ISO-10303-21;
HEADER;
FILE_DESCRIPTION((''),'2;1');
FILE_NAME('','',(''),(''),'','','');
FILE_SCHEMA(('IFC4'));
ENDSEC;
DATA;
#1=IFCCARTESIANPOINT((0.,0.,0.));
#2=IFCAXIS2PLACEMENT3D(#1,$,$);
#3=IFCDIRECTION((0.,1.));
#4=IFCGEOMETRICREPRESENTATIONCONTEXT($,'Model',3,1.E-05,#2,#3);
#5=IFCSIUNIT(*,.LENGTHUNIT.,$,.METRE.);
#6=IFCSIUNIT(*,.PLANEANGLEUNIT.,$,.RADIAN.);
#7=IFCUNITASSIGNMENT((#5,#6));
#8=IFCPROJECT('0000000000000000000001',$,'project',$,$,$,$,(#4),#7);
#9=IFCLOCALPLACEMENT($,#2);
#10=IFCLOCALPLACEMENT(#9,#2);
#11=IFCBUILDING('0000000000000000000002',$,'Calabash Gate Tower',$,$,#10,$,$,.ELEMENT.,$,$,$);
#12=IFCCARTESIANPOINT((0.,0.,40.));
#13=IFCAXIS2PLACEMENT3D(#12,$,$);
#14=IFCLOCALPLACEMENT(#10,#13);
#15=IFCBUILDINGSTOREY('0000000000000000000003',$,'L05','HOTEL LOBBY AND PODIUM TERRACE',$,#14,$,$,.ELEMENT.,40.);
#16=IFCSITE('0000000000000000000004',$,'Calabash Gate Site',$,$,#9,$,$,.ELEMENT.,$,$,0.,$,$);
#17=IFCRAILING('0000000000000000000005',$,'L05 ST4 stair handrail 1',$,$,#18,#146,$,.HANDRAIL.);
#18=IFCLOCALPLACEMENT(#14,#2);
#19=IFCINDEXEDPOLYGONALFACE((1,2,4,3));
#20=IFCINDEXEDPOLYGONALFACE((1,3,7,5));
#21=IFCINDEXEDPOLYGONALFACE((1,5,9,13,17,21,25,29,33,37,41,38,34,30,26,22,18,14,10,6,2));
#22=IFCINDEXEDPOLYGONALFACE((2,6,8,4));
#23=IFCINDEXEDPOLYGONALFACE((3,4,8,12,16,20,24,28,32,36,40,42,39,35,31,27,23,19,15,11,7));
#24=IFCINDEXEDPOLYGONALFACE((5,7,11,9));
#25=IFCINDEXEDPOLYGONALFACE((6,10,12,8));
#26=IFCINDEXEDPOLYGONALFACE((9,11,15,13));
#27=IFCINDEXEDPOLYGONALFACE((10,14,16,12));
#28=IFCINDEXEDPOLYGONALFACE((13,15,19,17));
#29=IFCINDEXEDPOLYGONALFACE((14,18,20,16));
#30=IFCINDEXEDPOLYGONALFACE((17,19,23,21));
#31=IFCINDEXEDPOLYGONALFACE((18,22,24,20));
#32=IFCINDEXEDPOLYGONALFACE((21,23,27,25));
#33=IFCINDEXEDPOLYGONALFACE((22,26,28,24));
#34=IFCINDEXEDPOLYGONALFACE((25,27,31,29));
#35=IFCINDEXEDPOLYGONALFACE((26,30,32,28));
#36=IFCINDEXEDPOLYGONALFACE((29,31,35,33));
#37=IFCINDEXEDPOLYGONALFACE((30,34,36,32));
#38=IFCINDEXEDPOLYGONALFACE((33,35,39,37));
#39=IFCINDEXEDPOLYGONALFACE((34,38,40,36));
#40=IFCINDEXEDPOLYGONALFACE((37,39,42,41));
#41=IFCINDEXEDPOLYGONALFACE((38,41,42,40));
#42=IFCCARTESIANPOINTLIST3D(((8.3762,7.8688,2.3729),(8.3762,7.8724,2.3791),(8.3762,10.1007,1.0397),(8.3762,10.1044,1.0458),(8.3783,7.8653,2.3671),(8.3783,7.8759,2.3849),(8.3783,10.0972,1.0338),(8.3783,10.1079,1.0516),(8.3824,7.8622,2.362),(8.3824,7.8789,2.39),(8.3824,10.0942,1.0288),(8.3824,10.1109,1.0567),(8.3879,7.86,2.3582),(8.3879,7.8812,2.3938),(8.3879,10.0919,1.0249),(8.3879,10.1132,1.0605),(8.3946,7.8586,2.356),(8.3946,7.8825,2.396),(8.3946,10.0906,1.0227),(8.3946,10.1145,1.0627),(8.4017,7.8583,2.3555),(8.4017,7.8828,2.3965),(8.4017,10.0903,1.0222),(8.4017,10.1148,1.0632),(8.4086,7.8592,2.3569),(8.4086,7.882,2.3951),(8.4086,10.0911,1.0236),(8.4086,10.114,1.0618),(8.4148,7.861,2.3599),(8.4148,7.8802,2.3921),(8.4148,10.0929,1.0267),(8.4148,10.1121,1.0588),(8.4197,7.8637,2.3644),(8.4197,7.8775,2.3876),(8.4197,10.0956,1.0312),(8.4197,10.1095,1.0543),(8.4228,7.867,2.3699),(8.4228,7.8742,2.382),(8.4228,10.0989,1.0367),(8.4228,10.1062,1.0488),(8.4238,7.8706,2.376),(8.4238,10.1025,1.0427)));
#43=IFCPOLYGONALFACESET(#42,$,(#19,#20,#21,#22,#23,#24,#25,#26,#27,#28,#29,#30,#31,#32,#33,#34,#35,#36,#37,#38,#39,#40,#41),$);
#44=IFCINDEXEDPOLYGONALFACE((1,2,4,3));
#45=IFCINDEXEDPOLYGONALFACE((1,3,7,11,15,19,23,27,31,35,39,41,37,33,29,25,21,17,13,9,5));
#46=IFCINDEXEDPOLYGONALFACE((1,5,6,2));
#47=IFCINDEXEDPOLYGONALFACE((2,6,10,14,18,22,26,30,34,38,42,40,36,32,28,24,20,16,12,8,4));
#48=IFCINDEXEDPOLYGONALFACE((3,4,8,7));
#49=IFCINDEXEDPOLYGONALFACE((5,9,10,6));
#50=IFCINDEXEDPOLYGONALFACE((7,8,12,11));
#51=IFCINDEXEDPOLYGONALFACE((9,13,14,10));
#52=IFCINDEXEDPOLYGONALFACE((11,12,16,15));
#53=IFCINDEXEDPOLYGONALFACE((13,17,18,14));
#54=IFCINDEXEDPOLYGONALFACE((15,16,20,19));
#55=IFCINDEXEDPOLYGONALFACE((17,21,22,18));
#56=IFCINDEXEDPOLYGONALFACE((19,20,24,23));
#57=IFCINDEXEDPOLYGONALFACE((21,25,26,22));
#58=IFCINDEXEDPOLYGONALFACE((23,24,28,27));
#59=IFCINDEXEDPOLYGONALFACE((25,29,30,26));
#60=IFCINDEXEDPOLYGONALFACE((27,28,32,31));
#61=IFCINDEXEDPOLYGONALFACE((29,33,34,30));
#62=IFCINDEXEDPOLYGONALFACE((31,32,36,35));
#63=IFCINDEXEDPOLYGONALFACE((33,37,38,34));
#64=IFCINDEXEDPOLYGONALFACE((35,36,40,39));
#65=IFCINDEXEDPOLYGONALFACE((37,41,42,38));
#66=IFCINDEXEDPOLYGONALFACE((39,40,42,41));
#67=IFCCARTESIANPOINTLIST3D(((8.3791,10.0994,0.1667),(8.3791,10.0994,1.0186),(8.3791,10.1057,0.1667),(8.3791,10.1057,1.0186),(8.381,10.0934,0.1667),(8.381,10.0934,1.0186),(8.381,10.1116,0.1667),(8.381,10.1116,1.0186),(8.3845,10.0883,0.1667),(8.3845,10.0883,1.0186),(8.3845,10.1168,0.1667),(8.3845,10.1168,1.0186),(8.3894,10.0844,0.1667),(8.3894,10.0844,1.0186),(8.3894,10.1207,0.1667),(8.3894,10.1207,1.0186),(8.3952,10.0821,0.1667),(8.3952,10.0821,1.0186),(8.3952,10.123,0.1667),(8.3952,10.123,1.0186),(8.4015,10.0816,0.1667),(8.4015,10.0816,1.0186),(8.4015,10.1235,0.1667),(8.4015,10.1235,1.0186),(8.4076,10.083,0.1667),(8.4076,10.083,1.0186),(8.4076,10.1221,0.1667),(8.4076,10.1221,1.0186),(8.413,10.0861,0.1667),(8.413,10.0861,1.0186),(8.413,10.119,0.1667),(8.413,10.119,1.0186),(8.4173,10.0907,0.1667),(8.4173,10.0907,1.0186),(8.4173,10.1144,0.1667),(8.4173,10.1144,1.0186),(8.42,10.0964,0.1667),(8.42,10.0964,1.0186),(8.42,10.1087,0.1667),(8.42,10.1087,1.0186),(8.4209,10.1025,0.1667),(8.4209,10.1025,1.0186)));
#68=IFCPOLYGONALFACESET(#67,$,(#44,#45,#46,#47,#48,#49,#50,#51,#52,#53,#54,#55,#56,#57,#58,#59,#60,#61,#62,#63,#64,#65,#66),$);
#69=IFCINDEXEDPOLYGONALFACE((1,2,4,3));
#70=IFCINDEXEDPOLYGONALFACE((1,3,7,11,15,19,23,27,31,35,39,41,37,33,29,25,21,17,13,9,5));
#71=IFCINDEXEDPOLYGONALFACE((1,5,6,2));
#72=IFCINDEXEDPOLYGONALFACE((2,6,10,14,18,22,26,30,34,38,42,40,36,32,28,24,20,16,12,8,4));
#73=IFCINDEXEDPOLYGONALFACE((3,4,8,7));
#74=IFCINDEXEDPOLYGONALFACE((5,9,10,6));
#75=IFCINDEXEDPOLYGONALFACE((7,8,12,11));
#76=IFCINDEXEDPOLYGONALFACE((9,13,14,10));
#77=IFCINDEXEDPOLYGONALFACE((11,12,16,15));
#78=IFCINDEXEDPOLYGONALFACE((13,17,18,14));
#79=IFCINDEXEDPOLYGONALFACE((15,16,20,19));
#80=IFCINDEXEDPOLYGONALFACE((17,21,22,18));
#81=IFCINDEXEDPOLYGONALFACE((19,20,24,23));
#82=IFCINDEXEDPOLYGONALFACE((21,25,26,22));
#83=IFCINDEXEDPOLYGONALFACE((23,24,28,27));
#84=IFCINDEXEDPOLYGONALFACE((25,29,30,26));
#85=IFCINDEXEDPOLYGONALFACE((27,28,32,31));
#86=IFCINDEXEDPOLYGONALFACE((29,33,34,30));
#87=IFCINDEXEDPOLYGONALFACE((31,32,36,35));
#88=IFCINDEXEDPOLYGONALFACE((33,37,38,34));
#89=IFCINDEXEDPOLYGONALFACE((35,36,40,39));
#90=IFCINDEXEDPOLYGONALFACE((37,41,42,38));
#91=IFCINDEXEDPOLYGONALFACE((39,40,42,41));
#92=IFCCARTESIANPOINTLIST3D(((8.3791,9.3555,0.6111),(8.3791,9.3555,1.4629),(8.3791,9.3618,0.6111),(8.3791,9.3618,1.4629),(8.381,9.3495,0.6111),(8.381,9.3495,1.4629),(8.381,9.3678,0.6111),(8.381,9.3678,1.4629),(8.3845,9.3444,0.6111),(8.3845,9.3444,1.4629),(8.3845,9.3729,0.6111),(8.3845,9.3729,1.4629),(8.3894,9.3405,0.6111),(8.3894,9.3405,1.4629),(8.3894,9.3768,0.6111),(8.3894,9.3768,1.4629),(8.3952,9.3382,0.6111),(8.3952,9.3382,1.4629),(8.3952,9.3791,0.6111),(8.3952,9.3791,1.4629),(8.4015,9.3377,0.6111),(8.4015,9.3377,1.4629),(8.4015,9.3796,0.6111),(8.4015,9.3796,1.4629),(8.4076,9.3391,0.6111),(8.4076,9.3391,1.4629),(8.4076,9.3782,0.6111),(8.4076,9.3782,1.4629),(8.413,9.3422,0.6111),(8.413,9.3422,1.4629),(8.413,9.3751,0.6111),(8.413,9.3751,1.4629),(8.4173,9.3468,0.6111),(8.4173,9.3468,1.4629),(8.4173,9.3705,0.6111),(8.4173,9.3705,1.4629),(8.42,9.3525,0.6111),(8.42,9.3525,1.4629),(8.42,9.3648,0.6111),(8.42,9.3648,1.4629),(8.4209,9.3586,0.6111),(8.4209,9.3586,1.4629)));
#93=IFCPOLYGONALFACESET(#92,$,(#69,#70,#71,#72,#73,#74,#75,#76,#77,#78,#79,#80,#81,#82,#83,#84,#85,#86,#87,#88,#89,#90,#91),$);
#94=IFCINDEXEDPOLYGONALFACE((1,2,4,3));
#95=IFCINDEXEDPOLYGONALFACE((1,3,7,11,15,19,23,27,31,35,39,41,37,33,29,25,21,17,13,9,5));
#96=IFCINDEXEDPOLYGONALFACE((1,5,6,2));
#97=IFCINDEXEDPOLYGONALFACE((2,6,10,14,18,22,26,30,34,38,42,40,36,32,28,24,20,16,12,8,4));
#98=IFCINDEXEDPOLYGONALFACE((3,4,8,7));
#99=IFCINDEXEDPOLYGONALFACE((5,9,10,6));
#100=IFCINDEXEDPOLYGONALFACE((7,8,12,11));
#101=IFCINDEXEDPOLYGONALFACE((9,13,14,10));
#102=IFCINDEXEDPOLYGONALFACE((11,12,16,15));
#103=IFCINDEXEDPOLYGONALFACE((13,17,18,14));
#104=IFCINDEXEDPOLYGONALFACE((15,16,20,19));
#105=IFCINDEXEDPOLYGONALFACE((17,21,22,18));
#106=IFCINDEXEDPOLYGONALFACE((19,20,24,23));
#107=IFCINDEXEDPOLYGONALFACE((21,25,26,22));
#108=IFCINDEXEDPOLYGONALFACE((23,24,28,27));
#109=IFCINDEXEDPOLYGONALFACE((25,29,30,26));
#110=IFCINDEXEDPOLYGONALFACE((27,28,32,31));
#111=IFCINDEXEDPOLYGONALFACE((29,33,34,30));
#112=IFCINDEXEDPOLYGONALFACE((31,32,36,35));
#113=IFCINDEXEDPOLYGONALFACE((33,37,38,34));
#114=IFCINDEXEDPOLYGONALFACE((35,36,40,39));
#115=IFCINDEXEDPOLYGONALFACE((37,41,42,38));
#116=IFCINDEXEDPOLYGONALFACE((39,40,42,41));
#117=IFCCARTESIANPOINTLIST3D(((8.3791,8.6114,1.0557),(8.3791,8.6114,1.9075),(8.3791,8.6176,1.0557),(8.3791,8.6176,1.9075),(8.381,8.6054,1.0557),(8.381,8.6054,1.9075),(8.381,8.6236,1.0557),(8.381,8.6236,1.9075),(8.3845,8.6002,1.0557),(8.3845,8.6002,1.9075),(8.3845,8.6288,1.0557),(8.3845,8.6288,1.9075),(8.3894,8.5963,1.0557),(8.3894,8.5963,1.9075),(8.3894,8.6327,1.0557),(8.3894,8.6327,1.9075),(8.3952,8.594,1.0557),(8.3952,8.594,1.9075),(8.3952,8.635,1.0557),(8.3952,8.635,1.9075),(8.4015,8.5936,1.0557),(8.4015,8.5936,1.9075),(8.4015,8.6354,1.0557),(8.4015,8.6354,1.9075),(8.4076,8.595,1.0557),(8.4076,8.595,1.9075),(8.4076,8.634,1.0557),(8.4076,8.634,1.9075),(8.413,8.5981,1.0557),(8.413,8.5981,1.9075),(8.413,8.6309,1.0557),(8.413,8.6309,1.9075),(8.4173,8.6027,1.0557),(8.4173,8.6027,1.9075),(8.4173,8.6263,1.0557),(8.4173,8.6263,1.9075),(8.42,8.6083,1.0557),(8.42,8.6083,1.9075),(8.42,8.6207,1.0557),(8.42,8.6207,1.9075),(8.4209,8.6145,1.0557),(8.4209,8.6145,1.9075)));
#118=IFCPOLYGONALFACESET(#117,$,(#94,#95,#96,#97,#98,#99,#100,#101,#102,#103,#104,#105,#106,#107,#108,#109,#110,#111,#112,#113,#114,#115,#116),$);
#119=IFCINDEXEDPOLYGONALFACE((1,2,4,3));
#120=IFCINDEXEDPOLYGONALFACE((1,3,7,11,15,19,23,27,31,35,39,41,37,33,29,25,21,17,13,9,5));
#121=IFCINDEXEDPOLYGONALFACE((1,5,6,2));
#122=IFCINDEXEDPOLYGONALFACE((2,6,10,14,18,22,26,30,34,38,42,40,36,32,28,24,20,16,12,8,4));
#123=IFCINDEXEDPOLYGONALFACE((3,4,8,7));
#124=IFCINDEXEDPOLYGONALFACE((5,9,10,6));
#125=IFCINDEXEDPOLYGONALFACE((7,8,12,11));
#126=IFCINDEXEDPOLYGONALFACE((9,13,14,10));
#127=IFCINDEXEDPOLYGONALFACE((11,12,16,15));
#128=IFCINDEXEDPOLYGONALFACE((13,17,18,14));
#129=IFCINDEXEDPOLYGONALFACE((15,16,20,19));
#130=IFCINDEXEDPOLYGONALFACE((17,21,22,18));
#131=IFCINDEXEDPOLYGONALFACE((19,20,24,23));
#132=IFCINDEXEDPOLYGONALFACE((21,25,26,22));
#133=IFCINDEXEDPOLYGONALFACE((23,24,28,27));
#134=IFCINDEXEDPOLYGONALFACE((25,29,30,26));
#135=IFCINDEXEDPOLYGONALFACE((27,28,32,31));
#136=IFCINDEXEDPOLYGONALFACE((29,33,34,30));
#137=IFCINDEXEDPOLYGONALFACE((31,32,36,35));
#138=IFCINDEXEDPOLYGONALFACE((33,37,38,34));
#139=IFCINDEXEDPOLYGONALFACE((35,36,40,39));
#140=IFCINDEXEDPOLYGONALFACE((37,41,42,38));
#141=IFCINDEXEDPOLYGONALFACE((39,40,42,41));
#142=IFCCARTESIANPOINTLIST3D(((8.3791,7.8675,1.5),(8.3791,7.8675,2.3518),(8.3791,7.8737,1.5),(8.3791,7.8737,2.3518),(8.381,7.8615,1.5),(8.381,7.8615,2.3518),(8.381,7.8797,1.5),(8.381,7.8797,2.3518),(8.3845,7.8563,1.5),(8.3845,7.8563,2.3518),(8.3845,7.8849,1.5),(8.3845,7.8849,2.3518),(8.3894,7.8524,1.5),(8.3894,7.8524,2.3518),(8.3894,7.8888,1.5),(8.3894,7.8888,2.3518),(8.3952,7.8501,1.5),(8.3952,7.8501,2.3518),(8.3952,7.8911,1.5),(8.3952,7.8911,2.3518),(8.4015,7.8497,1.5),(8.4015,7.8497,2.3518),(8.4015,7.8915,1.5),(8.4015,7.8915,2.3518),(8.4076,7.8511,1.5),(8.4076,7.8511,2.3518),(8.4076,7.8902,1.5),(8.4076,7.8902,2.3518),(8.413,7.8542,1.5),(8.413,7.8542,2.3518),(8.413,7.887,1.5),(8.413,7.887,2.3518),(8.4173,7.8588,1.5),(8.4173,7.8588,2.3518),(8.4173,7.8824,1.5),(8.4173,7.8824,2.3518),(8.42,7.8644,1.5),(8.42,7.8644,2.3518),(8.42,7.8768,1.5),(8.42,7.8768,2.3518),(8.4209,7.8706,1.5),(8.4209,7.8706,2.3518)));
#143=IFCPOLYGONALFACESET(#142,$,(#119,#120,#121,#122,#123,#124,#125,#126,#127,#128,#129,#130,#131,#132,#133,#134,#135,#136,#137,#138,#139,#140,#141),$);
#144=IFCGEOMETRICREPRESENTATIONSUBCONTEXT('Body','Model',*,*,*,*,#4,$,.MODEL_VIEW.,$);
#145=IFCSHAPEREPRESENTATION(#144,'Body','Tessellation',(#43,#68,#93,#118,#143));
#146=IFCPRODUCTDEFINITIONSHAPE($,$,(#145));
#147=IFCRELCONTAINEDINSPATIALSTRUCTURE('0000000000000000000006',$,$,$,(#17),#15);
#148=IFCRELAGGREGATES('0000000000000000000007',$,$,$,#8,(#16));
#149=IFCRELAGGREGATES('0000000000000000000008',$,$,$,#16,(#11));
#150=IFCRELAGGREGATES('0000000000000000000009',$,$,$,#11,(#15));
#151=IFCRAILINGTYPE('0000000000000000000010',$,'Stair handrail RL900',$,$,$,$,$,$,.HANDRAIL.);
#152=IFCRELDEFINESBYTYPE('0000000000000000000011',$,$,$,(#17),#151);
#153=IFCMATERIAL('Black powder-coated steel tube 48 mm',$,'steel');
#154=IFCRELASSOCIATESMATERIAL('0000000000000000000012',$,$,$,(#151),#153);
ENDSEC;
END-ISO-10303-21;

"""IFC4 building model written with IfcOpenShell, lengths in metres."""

from ifc_helpers import new_model, si_unit, direction, frame, origin, origin_2d, place, context, subcontext, project, spatial, circle, extrude, material, type_object, element, save


model = new_model("IFC4")

# Units and contexts
model_context = context("Model", 3, precision=1e-05, world=origin(), true_north=direction((0.0, 1.0)))
body_context = subcontext(model_context, "Body", "Model", "MODEL_VIEW")
ifc_project = project(units=[si_unit("LENGTHUNIT", "METRE"), si_unit("PLANEANGLEUNIT", "RADIAN")], contexts=[model_context])

# Site, building, storey
site_placement = place(None, origin())
site = spatial("IfcSite", under=ifc_project, at=site_placement, Name="Calabash Gate Site", CompositionType="ELEMENT", RefElevation=0.0)
building_placement = place(site_placement, origin())
building = spatial("IfcBuilding", under=site, at=building_placement, Name="Calabash Gate Tower", CompositionType="ELEMENT")
storey_placement = place(building_placement, frame((0.0, 0.0, 40.0)))
storey = spatial("IfcBuildingStorey", under=building, at=storey_placement, Name="L05", Description="HOTEL LOBBY AND PODIUM TERRACE", CompositionType="ELEMENT", Elevation=40.0)

# Railing
ifc_material_1 = material(Name="Black powder-coated steel tube 48 mm", Category="steel")
railing_type_1 = type_object("IfcRailingType", Name="Stair handrail RL900", PredefinedType="HANDRAIL", material=ifc_material_1)
for number, where, name in (
    (1, (8.3999, 10.1025, 0.1667), "L05 ST4 stair handrail 1"),
):
    element("IfcRailing", number, at=place(storey_placement, frame(where)), inside=storey, type_object=railing_type_1, Name=name, PredefinedType="HANDRAIL", context=body_context, shape_type="SweptSolid", body=[
        extrude(circle(Radius=0.0239, at=origin_2d()), frame((0.0, 0.0, 0.876), z_axis=(0.0, -0.858494, 0.512824), x_axis=(1.0, 0.0, 0.0)), (0.0, 0.0, 1.0), 2.5999),
        extrude(circle(Radius=0.021, at=origin_2d()), origin(), (0.0, 0.0, 1.0), 0.8518),
        extrude(circle(Radius=0.021, at=origin_2d()), frame((0.0, -0.7439, 0.4443)), (0.0, 0.0, 1.0), 0.8518),
        extrude(circle(Radius=0.021, at=origin_2d()), frame((0.0, -1.488, 0.8889)), (0.0, 0.0, 1.0), 0.8518),
        extrude(circle(Radius=0.021, at=origin_2d()), frame((0.0, -2.2319, 1.3333)), (0.0, 0.0, 1.0), 0.8518),
    ])

save(model, "model.ifc")
